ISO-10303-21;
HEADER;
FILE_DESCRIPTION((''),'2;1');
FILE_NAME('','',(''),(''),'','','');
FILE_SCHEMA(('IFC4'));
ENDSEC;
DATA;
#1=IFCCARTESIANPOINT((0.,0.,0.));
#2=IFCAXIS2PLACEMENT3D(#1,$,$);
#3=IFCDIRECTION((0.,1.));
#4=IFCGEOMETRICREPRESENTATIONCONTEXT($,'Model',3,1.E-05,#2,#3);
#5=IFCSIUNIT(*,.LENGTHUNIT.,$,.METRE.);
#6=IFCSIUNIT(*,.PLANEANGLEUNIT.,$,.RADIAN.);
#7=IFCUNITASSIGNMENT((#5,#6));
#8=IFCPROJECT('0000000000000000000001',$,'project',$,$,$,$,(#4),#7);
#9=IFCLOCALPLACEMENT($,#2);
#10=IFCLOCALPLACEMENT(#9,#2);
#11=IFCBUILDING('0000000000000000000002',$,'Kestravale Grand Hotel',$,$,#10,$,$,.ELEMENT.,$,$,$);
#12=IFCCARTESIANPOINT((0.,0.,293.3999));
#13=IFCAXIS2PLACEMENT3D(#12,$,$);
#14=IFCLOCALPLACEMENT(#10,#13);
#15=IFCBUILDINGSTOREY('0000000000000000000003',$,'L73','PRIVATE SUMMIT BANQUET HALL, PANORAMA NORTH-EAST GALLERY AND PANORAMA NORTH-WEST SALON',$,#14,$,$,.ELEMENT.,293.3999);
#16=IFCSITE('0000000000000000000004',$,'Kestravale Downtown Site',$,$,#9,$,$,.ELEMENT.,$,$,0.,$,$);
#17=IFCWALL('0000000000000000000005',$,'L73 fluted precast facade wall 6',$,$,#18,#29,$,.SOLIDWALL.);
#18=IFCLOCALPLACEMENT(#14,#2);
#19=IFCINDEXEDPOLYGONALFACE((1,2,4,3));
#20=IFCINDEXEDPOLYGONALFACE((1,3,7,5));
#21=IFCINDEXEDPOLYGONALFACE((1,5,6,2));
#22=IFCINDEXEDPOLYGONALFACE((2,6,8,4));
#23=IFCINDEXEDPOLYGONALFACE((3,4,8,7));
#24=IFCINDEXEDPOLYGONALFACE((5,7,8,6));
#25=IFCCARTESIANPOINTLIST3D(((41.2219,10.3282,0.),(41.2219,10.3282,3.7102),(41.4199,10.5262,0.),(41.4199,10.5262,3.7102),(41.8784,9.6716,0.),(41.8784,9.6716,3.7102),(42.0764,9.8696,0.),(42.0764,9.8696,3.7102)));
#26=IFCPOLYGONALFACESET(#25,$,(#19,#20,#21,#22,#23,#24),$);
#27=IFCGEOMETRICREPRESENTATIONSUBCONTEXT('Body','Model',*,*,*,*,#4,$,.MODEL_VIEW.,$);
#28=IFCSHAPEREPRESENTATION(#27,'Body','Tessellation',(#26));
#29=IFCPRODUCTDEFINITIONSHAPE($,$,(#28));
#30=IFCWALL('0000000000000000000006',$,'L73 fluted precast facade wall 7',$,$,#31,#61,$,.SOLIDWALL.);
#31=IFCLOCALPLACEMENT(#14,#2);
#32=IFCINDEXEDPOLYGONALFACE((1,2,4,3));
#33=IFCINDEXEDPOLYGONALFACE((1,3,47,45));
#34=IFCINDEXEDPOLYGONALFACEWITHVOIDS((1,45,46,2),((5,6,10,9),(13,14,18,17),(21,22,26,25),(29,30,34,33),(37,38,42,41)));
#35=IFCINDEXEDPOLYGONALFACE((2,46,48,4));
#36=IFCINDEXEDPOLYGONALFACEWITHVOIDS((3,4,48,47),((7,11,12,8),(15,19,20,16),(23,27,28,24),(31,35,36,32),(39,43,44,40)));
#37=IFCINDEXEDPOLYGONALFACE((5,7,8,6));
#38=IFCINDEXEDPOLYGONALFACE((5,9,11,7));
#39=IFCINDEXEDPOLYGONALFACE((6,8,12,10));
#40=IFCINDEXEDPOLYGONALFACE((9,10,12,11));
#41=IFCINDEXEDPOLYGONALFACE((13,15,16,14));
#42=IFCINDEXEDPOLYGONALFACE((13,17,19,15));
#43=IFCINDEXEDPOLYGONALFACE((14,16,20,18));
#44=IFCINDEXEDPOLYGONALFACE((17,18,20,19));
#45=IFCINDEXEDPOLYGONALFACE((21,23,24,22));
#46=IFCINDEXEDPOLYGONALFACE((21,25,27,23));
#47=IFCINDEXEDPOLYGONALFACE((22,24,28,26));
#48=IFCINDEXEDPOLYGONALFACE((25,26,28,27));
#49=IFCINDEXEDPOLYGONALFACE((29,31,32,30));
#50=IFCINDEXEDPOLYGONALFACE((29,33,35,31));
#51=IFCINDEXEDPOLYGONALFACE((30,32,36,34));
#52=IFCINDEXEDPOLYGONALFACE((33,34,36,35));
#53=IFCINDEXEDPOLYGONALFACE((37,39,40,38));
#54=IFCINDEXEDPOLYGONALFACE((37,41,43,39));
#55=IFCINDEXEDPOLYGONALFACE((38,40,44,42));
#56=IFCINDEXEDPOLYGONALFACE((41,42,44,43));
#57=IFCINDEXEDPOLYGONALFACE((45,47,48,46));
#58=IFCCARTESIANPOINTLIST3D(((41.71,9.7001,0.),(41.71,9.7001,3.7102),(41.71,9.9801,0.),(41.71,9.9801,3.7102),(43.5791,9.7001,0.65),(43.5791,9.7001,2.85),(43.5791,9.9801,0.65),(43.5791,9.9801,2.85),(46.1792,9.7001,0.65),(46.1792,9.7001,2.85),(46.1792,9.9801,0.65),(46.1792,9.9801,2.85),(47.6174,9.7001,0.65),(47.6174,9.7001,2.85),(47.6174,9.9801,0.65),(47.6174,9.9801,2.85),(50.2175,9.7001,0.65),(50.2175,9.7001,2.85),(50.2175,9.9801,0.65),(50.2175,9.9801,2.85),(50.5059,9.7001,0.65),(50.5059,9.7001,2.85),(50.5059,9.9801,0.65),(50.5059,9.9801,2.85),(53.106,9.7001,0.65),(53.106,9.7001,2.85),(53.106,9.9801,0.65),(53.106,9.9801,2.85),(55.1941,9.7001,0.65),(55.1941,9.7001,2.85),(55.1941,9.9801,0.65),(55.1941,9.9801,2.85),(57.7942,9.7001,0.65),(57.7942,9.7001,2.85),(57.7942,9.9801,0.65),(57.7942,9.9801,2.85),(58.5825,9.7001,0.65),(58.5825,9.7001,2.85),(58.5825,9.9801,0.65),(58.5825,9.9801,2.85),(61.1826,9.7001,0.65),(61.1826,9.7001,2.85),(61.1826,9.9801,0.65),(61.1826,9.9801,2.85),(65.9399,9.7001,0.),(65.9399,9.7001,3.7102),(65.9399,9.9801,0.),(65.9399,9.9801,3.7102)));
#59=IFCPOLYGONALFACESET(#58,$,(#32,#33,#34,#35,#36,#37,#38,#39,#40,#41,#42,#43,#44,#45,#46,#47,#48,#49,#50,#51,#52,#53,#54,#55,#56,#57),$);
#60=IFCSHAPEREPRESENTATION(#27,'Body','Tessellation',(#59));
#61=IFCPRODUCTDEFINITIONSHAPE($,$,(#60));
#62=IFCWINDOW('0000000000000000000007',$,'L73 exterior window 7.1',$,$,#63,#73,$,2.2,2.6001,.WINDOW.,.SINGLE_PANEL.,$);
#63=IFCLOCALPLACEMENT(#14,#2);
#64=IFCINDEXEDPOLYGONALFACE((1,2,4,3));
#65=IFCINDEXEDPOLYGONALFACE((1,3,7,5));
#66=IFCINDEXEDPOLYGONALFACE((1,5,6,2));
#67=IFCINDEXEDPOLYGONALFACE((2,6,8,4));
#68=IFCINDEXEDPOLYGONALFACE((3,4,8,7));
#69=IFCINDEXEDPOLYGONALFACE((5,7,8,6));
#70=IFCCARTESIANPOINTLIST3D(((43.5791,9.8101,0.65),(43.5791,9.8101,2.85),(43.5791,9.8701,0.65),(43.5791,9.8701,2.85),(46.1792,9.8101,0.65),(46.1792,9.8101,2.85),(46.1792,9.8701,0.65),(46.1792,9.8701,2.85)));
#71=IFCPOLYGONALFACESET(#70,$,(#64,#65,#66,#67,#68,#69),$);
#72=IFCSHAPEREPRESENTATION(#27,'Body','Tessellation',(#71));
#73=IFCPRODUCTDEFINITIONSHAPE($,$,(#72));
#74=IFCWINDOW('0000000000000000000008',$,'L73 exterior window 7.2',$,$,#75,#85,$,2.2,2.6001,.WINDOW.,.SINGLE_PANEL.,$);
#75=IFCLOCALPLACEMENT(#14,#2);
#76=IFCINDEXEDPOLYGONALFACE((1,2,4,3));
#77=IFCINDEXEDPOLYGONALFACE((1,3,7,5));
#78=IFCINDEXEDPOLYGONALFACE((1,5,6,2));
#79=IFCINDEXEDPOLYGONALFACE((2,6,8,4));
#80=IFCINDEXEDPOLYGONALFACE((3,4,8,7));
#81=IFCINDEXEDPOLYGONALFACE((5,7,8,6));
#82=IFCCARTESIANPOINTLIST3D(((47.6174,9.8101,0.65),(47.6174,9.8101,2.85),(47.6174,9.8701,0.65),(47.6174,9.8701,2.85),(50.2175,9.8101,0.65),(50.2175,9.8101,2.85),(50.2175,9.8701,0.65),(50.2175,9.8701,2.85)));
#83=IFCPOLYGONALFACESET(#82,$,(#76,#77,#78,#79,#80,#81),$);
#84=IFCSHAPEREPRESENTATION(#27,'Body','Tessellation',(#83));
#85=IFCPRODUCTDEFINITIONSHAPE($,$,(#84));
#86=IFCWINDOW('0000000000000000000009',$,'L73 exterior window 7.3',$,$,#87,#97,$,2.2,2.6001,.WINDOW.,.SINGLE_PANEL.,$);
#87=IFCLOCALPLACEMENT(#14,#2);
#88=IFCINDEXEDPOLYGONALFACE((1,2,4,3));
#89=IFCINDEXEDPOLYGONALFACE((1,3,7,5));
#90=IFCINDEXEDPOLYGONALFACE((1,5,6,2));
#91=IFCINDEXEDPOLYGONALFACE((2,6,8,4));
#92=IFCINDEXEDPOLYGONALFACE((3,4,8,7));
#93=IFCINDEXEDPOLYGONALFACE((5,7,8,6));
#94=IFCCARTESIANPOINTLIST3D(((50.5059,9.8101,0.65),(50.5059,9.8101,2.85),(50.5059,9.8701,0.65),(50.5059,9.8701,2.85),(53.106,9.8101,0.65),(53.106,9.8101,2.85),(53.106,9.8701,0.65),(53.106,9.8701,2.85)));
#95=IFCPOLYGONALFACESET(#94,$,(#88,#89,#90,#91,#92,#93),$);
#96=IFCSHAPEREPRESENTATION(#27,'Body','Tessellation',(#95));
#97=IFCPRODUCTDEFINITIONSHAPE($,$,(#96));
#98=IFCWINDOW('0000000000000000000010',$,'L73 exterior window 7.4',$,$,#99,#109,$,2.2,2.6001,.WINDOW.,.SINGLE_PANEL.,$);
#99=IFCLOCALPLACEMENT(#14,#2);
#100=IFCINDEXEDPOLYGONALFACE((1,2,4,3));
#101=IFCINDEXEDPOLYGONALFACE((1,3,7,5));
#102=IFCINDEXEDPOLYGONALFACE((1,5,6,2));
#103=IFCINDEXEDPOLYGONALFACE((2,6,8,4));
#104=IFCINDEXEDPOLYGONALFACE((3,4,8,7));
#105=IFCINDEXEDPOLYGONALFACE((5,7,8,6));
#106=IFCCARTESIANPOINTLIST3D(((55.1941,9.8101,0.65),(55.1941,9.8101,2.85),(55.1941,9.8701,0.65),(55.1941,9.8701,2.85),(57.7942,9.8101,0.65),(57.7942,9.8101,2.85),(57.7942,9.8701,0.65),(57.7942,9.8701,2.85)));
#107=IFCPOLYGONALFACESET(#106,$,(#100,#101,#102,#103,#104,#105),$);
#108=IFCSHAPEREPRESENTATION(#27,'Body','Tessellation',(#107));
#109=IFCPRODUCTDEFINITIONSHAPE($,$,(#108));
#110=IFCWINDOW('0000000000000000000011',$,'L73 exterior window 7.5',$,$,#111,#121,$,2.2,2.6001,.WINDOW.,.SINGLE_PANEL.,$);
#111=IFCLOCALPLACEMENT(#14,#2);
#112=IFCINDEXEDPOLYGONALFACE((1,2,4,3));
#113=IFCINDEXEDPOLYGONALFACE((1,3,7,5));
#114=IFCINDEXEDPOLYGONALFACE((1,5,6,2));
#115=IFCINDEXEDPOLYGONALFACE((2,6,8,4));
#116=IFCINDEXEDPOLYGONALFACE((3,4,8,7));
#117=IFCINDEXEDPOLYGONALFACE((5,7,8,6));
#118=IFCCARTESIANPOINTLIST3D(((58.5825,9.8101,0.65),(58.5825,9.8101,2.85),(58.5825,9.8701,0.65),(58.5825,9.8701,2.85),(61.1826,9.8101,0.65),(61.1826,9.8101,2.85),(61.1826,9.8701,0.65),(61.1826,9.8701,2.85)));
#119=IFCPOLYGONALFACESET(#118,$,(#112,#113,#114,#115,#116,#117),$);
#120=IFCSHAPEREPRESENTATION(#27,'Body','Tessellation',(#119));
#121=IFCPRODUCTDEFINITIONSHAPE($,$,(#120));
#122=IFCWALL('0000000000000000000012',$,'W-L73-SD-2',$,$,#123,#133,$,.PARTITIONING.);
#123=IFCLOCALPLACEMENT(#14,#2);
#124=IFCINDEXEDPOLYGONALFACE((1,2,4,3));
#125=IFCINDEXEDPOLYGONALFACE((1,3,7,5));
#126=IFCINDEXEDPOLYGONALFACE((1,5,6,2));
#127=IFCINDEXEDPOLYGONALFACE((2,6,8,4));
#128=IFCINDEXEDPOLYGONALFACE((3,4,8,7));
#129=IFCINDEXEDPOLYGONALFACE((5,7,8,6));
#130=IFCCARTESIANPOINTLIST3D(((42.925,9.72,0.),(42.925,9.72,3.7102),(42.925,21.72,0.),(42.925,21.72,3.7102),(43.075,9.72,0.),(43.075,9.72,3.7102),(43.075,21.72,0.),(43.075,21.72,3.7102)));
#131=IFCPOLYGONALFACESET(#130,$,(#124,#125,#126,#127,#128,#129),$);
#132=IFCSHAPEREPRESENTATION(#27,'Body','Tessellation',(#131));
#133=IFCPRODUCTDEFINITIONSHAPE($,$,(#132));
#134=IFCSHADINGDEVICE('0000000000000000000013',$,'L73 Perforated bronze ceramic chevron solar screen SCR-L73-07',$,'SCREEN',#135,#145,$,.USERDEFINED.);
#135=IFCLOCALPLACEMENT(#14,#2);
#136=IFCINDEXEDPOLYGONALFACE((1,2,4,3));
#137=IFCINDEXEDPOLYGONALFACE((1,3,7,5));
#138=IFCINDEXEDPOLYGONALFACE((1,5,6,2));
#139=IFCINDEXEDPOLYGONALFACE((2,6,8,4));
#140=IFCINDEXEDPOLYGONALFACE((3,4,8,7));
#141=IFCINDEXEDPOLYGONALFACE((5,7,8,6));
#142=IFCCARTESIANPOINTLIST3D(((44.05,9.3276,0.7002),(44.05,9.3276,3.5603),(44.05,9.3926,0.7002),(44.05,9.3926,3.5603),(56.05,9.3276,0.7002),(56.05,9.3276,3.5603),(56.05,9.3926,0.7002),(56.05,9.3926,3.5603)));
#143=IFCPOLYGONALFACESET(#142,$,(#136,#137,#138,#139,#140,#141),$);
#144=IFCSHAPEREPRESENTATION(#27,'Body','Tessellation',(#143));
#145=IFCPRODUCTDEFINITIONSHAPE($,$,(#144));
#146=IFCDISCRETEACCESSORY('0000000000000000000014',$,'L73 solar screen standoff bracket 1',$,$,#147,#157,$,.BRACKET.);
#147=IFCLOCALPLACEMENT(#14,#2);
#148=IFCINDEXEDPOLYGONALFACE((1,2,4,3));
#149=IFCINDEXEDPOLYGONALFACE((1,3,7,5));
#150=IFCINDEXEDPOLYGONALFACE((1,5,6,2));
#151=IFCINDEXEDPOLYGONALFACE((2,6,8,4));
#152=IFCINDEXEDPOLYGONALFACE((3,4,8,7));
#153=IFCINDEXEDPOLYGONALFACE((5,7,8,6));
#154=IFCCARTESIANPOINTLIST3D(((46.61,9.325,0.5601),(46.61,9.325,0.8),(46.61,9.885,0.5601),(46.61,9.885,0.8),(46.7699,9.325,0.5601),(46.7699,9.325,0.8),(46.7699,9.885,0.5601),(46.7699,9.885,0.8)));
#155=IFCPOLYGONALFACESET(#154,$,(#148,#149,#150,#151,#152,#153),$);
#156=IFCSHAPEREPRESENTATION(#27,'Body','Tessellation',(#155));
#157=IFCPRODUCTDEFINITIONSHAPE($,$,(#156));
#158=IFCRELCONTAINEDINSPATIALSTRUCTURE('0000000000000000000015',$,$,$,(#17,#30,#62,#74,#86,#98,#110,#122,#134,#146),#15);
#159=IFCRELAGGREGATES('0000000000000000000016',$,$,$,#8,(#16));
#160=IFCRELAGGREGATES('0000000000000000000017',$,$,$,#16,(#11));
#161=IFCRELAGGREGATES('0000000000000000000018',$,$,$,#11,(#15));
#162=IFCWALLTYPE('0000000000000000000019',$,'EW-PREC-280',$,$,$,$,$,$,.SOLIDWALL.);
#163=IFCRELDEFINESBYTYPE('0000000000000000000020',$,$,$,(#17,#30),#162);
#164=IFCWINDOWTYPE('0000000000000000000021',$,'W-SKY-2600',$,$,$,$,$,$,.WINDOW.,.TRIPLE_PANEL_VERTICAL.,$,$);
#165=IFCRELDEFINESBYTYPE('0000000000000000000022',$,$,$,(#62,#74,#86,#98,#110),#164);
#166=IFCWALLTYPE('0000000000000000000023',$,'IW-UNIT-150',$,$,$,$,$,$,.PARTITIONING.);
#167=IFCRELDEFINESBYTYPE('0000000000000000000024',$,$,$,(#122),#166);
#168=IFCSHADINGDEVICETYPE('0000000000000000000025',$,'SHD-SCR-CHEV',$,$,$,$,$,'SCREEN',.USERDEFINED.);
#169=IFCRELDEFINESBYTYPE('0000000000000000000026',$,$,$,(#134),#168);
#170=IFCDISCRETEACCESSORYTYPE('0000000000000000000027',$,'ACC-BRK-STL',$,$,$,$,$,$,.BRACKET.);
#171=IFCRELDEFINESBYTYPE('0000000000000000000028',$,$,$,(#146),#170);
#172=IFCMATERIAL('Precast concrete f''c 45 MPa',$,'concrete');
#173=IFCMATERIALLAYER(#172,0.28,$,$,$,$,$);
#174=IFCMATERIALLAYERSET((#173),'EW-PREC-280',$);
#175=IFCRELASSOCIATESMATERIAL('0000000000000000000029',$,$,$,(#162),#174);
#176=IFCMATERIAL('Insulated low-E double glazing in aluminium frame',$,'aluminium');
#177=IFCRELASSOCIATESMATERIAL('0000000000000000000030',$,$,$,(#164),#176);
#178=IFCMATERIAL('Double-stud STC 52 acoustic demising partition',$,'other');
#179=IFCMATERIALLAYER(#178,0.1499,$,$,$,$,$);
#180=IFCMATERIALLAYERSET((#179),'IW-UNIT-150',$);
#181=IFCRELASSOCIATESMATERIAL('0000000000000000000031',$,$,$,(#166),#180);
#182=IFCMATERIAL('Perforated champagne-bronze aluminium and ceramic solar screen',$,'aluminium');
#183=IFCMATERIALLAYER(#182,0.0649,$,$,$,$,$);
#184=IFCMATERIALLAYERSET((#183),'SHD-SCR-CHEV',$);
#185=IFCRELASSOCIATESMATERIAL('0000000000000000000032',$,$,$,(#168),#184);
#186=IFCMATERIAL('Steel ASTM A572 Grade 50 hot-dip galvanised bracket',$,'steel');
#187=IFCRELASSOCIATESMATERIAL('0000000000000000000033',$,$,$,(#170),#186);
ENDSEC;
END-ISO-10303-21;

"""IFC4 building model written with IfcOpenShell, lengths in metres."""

from ifc_helpers import new_model, si_unit, direction, frame, frame_2d, origin, origin_2d, place, context, subcontext, project, spatial, rectangle, extrude, material, layer, layer_set, type_object, element, fill, save


model = new_model("IFC4")

# Units and contexts
model_context = context("Model", 3, precision=1e-05, world=origin(), true_north=direction((0.0, 1.0)))
body_context = subcontext(model_context, "Body", "Model", "MODEL_VIEW")
ifc_project = project(units=[si_unit("LENGTHUNIT", "METRE"), si_unit("PLANEANGLEUNIT", "RADIAN")], contexts=[model_context])

# Site, building, storey
site_placement = place(None, origin())
site = spatial("IfcSite", under=ifc_project, at=site_placement, Name="Kestravale Downtown Site", CompositionType="ELEMENT", RefElevation=0.0)
building_placement = place(site_placement, origin())
building = spatial("IfcBuilding", under=site, at=building_placement, Name="Kestravale Grand Hotel", CompositionType="ELEMENT")
storey_placement = place(building_placement, frame((0.0, 0.0, 293.3999)))
storey = spatial("IfcBuildingStorey", under=building, at=storey_placement, Name="L73", Description="PRIVATE SUMMIT BANQUET HALL, PANORAMA NORTH-EAST GALLERY AND PANORAMA NORTH-WEST SALON", CompositionType="ELEMENT", Elevation=293.3999)

# Shared definitions
ifc_material_1 = material(Name="Precast concrete f'c 45 MPa", Category="concrete")
ifc_layer_1 = layer(ifc_material_1, 0.28)
ifc_layer_set_1 = layer_set([ifc_layer_1], Name="EW-PREC-280")
wall_type_1 = type_object("IfcWallType", Name="EW-PREC-280", PredefinedType="SOLIDWALL", material=ifc_layer_set_1)
ifc_material_2 = material(Name="Insulated low-E double glazing in aluminium frame", Category="aluminium")
window_type = type_object("IfcWindowType", Name="W-SKY-2600", PartitioningType="TRIPLE_PANEL_VERTICAL", PredefinedType="WINDOW", material=ifc_material_2)

# Wall
wall_1_placement = place(storey_placement, frame((41.3208, 10.4272, 0.0), z_axis=(0.0, 0.0, 1.0), x_axis=(0.707107, -0.707107, 0.0)))
element("IfcWall", 1, at=wall_1_placement, inside=storey, type_object=wall_type_1, Name="L73 fluted precast facade wall 6", PredefinedType="SOLIDWALL", context=body_context, shape_type="SweptSolid", body=[
    extrude(rectangle(XDim=0.9285, YDim=0.28, at=frame_2d((0.4644, 0.0))), origin(), (0.0, 0.0, 1.0), 3.7102),
])

# Wall, openings, windows
wall_2_placement = place(storey_placement, frame((41.71, 9.8401, 0.0), z_axis=(0.0, 0.0, 1.0), x_axis=(1.0, 0.0, 0.0)))
wall_2 = element("IfcWall", 2, at=wall_2_placement, inside=storey, type_object=wall_type_1, Name="L73 fluted precast facade wall 7", PredefinedType="SOLIDWALL", context=body_context, shape_type="SweptSolid", body=[
    extrude(rectangle(XDim=24.23, YDim=0.28, at=frame_2d((12.115, 0.0))), origin(), (0.0, 0.0, 1.0), 3.7102),
])
opening_1_placement = place(wall_2_placement, frame((1.8691, 0.0, 0.6499)))
opening_1 = element("IfcOpeningElement", 3, at=opening_1_placement, cuts=wall_2, PredefinedType="OPENING", context=body_context, shape_type="SweptSolid", body=[
    extrude(rectangle(XDim=2.6001, YDim=2.2, at=frame_2d((1.3, 1.1001))), frame((0.0, 0.1499, 0.0), z_axis=(0.0, -1.0, 0.0), x_axis=(1.0, 0.0, 0.0)), (0.0, 0.0, 1.0), 0.3),
])
opening_2_placement = place(wall_2_placement, frame((5.9075, 0.0, 0.6499)))
opening_2 = element("IfcOpeningElement", 4, at=opening_2_placement, cuts=wall_2, PredefinedType="OPENING", context=body_context, shape_type="SweptSolid", body=[
    extrude(rectangle(XDim=2.6001, YDim=2.2, at=frame_2d((1.3, 1.1001))), frame((0.0, 0.1499, 0.0), z_axis=(0.0, -1.0, 0.0), x_axis=(1.0, 0.0, 0.0)), (0.0, 0.0, 1.0), 0.3),
])
opening_3_placement = place(wall_2_placement, frame((8.7959, 0.0, 0.6499)))
opening_3 = element("IfcOpeningElement", 5, at=opening_3_placement, cuts=wall_2, PredefinedType="OPENING", context=body_context, shape_type="SweptSolid", body=[
    extrude(rectangle(XDim=2.6001, YDim=2.2, at=frame_2d((1.3, 1.1001))), frame((0.0, 0.1499, 0.0), z_axis=(0.0, -1.0, 0.0), x_axis=(1.0, 0.0, 0.0)), (0.0, 0.0, 1.0), 0.3),
])
opening_4_placement = place(wall_2_placement, frame((13.4841, 0.0, 0.6499)))
opening_4 = element("IfcOpeningElement", 6, at=opening_4_placement, cuts=wall_2, PredefinedType="OPENING", context=body_context, shape_type="SweptSolid", body=[
    extrude(rectangle(XDim=2.6001, YDim=2.2, at=frame_2d((1.3, 1.1001))), frame((0.0, 0.1499, 0.0), z_axis=(0.0, -1.0, 0.0), x_axis=(1.0, 0.0, 0.0)), (0.0, 0.0, 1.0), 0.3),
])
opening_5_placement = place(wall_2_placement, frame((16.8726, 0.0, 0.6499)))
opening_5 = element("IfcOpeningElement", 7, at=opening_5_placement, cuts=wall_2, PredefinedType="OPENING", context=body_context, shape_type="SweptSolid", body=[
    extrude(rectangle(XDim=2.6001, YDim=2.2, at=frame_2d((1.3, 1.1001))), frame((0.0, 0.1499, 0.0), z_axis=(0.0, -1.0, 0.0), x_axis=(1.0, 0.0, 0.0)), (0.0, 0.0, 1.0), 0.3),
])
window_1_placement = place(opening_1_placement, origin())
window_1 = element("IfcWindow", 8, at=window_1_placement, inside=storey, type_object=window_type, Name="L73 exterior window 7.1", OverallHeight=2.2, OverallWidth=2.6001, PartitioningType="SINGLE_PANEL", PredefinedType="WINDOW", context=body_context, shape_type="SweptSolid", body=[
    extrude(rectangle(XDim=2.6001, YDim=2.2, at=frame_2d((1.3, 1.1001))), frame((0.0, 0.03, 0.0), z_axis=(0.0, -1.0, 0.0), x_axis=(1.0, 0.0, 0.0)), (0.0, 0.0, 1.0), 0.0601),
])
fill(opening_1, window_1)
window_2_placement = place(opening_2_placement, origin())
window_2 = element("IfcWindow", 9, at=window_2_placement, inside=storey, type_object=window_type, Name="L73 exterior window 7.2", OverallHeight=2.2, OverallWidth=2.6001, PartitioningType="SINGLE_PANEL", PredefinedType="WINDOW", context=body_context, shape_type="SweptSolid", body=[
    extrude(rectangle(XDim=2.6001, YDim=2.2, at=frame_2d((1.3, 1.1001))), frame((0.0, 0.03, 0.0), z_axis=(0.0, -1.0, 0.0), x_axis=(1.0, 0.0, 0.0)), (0.0, 0.0, 1.0), 0.0601),
])
fill(opening_2, window_2)
window_3_placement = place(opening_3_placement, origin())
window_3 = element("IfcWindow", 10, at=window_3_placement, inside=storey, type_object=window_type, Name="L73 exterior window 7.3", OverallHeight=2.2, OverallWidth=2.6001, PartitioningType="SINGLE_PANEL", PredefinedType="WINDOW", context=body_context, shape_type="SweptSolid", body=[
    extrude(rectangle(XDim=2.6001, YDim=2.2, at=frame_2d((1.3, 1.1001))), frame((0.0, 0.03, 0.0), z_axis=(0.0, -1.0, 0.0), x_axis=(1.0, 0.0, 0.0)), (0.0, 0.0, 1.0), 0.0601),
])
fill(opening_3, window_3)
window_4_placement = place(opening_4_placement, origin())
window_4 = element("IfcWindow", 11, at=window_4_placement, inside=storey, type_object=window_type, Name="L73 exterior window 7.4", OverallHeight=2.2, OverallWidth=2.6001, PartitioningType="SINGLE_PANEL", PredefinedType="WINDOW", context=body_context, shape_type="SweptSolid", body=[
    extrude(rectangle(XDim=2.6001, YDim=2.2, at=frame_2d((1.3, 1.1001))), frame((0.0, 0.03, 0.0), z_axis=(0.0, -1.0, 0.0), x_axis=(1.0, 0.0, 0.0)), (0.0, 0.0, 1.0), 0.0601),
])
fill(opening_4, window_4)
window_5_placement = place(opening_5_placement, origin())
window_5 = element("IfcWindow", 12, at=window_5_placement, inside=storey, type_object=window_type, Name="L73 exterior window 7.5", OverallHeight=2.2, OverallWidth=2.6001, PartitioningType="SINGLE_PANEL", PredefinedType="WINDOW", context=body_context, shape_type="SweptSolid", body=[
    extrude(rectangle(XDim=2.6001, YDim=2.2, at=frame_2d((1.3, 1.1001))), frame((0.0, 0.03, 0.0), z_axis=(0.0, -1.0, 0.0), x_axis=(1.0, 0.0, 0.0)), (0.0, 0.0, 1.0), 0.0601),
])
fill(opening_5, window_5)

# Wall
ifc_material_3 = material(Name="Double-stud STC 52 acoustic demising partition", Category="other")
ifc_layer_2 = layer(ifc_material_3, 0.1499)
ifc_layer_set_2 = layer_set([ifc_layer_2], Name="IW-UNIT-150")
wall_type_2 = type_object("IfcWallType", Name="IW-UNIT-150", PredefinedType="PARTITIONING", material=ifc_layer_set_2)
wall_3_placement = place(storey_placement, frame((43.0, 9.72, 0.0), z_axis=(0.0, 0.0, 1.0), x_axis=(0.0, 1.0, 0.0)))
element("IfcWall", 13, at=wall_3_placement, inside=storey, type_object=wall_type_2, Name="W-L73-SD-2", PredefinedType="PARTITIONING", context=body_context, shape_type="SweptSolid", body=[
    extrude(rectangle(XDim=12.0, YDim=0.1499, at=frame_2d((6.0, 0.0))), origin(), (0.0, 0.0, 1.0), 3.7102),
])

# Shading device
ifc_material_4 = material(Name="Perforated champagne-bronze aluminium and ceramic solar screen", Category="aluminium")
ifc_layer_3 = layer(ifc_material_4, 0.0649)
ifc_layer_set_3 = layer_set([ifc_layer_3], Name="SHD-SCR-CHEV")
shading_device_type = type_object("IfcShadingDeviceType", Name="SHD-SCR-CHEV", ElementType="SCREEN", PredefinedType="USERDEFINED", material=ifc_layer_set_3)
shading_device_placement = place(storey_placement, frame((50.05, 9.3601, 0.7002), z_axis=(0.0, 0.0, 1.0), x_axis=(1.0, 0.0, 0.0)))
element("IfcShadingDevice", 14, at=shading_device_placement, inside=storey, type_object=shading_device_type, Name="L73 Perforated bronze ceramic chevron solar screen SCR-L73-07", ObjectType="SCREEN", PredefinedType="USERDEFINED", context=body_context, shape_type="SweptSolid", body=[
    extrude(rectangle(XDim=12.0, YDim=0.0649, at=origin_2d()), origin(), (0.0, 0.0, 1.0), 2.8601),
])

# Discrete accessory
ifc_material_5 = material(Name="Steel ASTM A572 Grade 50 hot-dip galvanised bracket", Category="steel")
discrete_accessory_type = type_object("IfcDiscreteAccessoryType", Name="ACC-BRK-STL", PredefinedType="BRACKET", material=ifc_material_5)
discrete_accessory_placement = place(storey_placement, frame((46.6899, 9.605, 0.5601), z_axis=(0.0, 0.0, 1.0), x_axis=(1.0, 0.0, 0.0)))
element("IfcDiscreteAccessory", 15, at=discrete_accessory_placement, inside=storey, type_object=discrete_accessory_type, Name="L73 solar screen standoff bracket 1", PredefinedType="BRACKET", context=body_context, shape_type="SweptSolid", body=[
    extrude(rectangle(XDim=0.1599, YDim=0.5601, at=origin_2d()), origin(), (0.0, 0.0, 1.0), 0.24),
])

save(model, "model.ifc")
